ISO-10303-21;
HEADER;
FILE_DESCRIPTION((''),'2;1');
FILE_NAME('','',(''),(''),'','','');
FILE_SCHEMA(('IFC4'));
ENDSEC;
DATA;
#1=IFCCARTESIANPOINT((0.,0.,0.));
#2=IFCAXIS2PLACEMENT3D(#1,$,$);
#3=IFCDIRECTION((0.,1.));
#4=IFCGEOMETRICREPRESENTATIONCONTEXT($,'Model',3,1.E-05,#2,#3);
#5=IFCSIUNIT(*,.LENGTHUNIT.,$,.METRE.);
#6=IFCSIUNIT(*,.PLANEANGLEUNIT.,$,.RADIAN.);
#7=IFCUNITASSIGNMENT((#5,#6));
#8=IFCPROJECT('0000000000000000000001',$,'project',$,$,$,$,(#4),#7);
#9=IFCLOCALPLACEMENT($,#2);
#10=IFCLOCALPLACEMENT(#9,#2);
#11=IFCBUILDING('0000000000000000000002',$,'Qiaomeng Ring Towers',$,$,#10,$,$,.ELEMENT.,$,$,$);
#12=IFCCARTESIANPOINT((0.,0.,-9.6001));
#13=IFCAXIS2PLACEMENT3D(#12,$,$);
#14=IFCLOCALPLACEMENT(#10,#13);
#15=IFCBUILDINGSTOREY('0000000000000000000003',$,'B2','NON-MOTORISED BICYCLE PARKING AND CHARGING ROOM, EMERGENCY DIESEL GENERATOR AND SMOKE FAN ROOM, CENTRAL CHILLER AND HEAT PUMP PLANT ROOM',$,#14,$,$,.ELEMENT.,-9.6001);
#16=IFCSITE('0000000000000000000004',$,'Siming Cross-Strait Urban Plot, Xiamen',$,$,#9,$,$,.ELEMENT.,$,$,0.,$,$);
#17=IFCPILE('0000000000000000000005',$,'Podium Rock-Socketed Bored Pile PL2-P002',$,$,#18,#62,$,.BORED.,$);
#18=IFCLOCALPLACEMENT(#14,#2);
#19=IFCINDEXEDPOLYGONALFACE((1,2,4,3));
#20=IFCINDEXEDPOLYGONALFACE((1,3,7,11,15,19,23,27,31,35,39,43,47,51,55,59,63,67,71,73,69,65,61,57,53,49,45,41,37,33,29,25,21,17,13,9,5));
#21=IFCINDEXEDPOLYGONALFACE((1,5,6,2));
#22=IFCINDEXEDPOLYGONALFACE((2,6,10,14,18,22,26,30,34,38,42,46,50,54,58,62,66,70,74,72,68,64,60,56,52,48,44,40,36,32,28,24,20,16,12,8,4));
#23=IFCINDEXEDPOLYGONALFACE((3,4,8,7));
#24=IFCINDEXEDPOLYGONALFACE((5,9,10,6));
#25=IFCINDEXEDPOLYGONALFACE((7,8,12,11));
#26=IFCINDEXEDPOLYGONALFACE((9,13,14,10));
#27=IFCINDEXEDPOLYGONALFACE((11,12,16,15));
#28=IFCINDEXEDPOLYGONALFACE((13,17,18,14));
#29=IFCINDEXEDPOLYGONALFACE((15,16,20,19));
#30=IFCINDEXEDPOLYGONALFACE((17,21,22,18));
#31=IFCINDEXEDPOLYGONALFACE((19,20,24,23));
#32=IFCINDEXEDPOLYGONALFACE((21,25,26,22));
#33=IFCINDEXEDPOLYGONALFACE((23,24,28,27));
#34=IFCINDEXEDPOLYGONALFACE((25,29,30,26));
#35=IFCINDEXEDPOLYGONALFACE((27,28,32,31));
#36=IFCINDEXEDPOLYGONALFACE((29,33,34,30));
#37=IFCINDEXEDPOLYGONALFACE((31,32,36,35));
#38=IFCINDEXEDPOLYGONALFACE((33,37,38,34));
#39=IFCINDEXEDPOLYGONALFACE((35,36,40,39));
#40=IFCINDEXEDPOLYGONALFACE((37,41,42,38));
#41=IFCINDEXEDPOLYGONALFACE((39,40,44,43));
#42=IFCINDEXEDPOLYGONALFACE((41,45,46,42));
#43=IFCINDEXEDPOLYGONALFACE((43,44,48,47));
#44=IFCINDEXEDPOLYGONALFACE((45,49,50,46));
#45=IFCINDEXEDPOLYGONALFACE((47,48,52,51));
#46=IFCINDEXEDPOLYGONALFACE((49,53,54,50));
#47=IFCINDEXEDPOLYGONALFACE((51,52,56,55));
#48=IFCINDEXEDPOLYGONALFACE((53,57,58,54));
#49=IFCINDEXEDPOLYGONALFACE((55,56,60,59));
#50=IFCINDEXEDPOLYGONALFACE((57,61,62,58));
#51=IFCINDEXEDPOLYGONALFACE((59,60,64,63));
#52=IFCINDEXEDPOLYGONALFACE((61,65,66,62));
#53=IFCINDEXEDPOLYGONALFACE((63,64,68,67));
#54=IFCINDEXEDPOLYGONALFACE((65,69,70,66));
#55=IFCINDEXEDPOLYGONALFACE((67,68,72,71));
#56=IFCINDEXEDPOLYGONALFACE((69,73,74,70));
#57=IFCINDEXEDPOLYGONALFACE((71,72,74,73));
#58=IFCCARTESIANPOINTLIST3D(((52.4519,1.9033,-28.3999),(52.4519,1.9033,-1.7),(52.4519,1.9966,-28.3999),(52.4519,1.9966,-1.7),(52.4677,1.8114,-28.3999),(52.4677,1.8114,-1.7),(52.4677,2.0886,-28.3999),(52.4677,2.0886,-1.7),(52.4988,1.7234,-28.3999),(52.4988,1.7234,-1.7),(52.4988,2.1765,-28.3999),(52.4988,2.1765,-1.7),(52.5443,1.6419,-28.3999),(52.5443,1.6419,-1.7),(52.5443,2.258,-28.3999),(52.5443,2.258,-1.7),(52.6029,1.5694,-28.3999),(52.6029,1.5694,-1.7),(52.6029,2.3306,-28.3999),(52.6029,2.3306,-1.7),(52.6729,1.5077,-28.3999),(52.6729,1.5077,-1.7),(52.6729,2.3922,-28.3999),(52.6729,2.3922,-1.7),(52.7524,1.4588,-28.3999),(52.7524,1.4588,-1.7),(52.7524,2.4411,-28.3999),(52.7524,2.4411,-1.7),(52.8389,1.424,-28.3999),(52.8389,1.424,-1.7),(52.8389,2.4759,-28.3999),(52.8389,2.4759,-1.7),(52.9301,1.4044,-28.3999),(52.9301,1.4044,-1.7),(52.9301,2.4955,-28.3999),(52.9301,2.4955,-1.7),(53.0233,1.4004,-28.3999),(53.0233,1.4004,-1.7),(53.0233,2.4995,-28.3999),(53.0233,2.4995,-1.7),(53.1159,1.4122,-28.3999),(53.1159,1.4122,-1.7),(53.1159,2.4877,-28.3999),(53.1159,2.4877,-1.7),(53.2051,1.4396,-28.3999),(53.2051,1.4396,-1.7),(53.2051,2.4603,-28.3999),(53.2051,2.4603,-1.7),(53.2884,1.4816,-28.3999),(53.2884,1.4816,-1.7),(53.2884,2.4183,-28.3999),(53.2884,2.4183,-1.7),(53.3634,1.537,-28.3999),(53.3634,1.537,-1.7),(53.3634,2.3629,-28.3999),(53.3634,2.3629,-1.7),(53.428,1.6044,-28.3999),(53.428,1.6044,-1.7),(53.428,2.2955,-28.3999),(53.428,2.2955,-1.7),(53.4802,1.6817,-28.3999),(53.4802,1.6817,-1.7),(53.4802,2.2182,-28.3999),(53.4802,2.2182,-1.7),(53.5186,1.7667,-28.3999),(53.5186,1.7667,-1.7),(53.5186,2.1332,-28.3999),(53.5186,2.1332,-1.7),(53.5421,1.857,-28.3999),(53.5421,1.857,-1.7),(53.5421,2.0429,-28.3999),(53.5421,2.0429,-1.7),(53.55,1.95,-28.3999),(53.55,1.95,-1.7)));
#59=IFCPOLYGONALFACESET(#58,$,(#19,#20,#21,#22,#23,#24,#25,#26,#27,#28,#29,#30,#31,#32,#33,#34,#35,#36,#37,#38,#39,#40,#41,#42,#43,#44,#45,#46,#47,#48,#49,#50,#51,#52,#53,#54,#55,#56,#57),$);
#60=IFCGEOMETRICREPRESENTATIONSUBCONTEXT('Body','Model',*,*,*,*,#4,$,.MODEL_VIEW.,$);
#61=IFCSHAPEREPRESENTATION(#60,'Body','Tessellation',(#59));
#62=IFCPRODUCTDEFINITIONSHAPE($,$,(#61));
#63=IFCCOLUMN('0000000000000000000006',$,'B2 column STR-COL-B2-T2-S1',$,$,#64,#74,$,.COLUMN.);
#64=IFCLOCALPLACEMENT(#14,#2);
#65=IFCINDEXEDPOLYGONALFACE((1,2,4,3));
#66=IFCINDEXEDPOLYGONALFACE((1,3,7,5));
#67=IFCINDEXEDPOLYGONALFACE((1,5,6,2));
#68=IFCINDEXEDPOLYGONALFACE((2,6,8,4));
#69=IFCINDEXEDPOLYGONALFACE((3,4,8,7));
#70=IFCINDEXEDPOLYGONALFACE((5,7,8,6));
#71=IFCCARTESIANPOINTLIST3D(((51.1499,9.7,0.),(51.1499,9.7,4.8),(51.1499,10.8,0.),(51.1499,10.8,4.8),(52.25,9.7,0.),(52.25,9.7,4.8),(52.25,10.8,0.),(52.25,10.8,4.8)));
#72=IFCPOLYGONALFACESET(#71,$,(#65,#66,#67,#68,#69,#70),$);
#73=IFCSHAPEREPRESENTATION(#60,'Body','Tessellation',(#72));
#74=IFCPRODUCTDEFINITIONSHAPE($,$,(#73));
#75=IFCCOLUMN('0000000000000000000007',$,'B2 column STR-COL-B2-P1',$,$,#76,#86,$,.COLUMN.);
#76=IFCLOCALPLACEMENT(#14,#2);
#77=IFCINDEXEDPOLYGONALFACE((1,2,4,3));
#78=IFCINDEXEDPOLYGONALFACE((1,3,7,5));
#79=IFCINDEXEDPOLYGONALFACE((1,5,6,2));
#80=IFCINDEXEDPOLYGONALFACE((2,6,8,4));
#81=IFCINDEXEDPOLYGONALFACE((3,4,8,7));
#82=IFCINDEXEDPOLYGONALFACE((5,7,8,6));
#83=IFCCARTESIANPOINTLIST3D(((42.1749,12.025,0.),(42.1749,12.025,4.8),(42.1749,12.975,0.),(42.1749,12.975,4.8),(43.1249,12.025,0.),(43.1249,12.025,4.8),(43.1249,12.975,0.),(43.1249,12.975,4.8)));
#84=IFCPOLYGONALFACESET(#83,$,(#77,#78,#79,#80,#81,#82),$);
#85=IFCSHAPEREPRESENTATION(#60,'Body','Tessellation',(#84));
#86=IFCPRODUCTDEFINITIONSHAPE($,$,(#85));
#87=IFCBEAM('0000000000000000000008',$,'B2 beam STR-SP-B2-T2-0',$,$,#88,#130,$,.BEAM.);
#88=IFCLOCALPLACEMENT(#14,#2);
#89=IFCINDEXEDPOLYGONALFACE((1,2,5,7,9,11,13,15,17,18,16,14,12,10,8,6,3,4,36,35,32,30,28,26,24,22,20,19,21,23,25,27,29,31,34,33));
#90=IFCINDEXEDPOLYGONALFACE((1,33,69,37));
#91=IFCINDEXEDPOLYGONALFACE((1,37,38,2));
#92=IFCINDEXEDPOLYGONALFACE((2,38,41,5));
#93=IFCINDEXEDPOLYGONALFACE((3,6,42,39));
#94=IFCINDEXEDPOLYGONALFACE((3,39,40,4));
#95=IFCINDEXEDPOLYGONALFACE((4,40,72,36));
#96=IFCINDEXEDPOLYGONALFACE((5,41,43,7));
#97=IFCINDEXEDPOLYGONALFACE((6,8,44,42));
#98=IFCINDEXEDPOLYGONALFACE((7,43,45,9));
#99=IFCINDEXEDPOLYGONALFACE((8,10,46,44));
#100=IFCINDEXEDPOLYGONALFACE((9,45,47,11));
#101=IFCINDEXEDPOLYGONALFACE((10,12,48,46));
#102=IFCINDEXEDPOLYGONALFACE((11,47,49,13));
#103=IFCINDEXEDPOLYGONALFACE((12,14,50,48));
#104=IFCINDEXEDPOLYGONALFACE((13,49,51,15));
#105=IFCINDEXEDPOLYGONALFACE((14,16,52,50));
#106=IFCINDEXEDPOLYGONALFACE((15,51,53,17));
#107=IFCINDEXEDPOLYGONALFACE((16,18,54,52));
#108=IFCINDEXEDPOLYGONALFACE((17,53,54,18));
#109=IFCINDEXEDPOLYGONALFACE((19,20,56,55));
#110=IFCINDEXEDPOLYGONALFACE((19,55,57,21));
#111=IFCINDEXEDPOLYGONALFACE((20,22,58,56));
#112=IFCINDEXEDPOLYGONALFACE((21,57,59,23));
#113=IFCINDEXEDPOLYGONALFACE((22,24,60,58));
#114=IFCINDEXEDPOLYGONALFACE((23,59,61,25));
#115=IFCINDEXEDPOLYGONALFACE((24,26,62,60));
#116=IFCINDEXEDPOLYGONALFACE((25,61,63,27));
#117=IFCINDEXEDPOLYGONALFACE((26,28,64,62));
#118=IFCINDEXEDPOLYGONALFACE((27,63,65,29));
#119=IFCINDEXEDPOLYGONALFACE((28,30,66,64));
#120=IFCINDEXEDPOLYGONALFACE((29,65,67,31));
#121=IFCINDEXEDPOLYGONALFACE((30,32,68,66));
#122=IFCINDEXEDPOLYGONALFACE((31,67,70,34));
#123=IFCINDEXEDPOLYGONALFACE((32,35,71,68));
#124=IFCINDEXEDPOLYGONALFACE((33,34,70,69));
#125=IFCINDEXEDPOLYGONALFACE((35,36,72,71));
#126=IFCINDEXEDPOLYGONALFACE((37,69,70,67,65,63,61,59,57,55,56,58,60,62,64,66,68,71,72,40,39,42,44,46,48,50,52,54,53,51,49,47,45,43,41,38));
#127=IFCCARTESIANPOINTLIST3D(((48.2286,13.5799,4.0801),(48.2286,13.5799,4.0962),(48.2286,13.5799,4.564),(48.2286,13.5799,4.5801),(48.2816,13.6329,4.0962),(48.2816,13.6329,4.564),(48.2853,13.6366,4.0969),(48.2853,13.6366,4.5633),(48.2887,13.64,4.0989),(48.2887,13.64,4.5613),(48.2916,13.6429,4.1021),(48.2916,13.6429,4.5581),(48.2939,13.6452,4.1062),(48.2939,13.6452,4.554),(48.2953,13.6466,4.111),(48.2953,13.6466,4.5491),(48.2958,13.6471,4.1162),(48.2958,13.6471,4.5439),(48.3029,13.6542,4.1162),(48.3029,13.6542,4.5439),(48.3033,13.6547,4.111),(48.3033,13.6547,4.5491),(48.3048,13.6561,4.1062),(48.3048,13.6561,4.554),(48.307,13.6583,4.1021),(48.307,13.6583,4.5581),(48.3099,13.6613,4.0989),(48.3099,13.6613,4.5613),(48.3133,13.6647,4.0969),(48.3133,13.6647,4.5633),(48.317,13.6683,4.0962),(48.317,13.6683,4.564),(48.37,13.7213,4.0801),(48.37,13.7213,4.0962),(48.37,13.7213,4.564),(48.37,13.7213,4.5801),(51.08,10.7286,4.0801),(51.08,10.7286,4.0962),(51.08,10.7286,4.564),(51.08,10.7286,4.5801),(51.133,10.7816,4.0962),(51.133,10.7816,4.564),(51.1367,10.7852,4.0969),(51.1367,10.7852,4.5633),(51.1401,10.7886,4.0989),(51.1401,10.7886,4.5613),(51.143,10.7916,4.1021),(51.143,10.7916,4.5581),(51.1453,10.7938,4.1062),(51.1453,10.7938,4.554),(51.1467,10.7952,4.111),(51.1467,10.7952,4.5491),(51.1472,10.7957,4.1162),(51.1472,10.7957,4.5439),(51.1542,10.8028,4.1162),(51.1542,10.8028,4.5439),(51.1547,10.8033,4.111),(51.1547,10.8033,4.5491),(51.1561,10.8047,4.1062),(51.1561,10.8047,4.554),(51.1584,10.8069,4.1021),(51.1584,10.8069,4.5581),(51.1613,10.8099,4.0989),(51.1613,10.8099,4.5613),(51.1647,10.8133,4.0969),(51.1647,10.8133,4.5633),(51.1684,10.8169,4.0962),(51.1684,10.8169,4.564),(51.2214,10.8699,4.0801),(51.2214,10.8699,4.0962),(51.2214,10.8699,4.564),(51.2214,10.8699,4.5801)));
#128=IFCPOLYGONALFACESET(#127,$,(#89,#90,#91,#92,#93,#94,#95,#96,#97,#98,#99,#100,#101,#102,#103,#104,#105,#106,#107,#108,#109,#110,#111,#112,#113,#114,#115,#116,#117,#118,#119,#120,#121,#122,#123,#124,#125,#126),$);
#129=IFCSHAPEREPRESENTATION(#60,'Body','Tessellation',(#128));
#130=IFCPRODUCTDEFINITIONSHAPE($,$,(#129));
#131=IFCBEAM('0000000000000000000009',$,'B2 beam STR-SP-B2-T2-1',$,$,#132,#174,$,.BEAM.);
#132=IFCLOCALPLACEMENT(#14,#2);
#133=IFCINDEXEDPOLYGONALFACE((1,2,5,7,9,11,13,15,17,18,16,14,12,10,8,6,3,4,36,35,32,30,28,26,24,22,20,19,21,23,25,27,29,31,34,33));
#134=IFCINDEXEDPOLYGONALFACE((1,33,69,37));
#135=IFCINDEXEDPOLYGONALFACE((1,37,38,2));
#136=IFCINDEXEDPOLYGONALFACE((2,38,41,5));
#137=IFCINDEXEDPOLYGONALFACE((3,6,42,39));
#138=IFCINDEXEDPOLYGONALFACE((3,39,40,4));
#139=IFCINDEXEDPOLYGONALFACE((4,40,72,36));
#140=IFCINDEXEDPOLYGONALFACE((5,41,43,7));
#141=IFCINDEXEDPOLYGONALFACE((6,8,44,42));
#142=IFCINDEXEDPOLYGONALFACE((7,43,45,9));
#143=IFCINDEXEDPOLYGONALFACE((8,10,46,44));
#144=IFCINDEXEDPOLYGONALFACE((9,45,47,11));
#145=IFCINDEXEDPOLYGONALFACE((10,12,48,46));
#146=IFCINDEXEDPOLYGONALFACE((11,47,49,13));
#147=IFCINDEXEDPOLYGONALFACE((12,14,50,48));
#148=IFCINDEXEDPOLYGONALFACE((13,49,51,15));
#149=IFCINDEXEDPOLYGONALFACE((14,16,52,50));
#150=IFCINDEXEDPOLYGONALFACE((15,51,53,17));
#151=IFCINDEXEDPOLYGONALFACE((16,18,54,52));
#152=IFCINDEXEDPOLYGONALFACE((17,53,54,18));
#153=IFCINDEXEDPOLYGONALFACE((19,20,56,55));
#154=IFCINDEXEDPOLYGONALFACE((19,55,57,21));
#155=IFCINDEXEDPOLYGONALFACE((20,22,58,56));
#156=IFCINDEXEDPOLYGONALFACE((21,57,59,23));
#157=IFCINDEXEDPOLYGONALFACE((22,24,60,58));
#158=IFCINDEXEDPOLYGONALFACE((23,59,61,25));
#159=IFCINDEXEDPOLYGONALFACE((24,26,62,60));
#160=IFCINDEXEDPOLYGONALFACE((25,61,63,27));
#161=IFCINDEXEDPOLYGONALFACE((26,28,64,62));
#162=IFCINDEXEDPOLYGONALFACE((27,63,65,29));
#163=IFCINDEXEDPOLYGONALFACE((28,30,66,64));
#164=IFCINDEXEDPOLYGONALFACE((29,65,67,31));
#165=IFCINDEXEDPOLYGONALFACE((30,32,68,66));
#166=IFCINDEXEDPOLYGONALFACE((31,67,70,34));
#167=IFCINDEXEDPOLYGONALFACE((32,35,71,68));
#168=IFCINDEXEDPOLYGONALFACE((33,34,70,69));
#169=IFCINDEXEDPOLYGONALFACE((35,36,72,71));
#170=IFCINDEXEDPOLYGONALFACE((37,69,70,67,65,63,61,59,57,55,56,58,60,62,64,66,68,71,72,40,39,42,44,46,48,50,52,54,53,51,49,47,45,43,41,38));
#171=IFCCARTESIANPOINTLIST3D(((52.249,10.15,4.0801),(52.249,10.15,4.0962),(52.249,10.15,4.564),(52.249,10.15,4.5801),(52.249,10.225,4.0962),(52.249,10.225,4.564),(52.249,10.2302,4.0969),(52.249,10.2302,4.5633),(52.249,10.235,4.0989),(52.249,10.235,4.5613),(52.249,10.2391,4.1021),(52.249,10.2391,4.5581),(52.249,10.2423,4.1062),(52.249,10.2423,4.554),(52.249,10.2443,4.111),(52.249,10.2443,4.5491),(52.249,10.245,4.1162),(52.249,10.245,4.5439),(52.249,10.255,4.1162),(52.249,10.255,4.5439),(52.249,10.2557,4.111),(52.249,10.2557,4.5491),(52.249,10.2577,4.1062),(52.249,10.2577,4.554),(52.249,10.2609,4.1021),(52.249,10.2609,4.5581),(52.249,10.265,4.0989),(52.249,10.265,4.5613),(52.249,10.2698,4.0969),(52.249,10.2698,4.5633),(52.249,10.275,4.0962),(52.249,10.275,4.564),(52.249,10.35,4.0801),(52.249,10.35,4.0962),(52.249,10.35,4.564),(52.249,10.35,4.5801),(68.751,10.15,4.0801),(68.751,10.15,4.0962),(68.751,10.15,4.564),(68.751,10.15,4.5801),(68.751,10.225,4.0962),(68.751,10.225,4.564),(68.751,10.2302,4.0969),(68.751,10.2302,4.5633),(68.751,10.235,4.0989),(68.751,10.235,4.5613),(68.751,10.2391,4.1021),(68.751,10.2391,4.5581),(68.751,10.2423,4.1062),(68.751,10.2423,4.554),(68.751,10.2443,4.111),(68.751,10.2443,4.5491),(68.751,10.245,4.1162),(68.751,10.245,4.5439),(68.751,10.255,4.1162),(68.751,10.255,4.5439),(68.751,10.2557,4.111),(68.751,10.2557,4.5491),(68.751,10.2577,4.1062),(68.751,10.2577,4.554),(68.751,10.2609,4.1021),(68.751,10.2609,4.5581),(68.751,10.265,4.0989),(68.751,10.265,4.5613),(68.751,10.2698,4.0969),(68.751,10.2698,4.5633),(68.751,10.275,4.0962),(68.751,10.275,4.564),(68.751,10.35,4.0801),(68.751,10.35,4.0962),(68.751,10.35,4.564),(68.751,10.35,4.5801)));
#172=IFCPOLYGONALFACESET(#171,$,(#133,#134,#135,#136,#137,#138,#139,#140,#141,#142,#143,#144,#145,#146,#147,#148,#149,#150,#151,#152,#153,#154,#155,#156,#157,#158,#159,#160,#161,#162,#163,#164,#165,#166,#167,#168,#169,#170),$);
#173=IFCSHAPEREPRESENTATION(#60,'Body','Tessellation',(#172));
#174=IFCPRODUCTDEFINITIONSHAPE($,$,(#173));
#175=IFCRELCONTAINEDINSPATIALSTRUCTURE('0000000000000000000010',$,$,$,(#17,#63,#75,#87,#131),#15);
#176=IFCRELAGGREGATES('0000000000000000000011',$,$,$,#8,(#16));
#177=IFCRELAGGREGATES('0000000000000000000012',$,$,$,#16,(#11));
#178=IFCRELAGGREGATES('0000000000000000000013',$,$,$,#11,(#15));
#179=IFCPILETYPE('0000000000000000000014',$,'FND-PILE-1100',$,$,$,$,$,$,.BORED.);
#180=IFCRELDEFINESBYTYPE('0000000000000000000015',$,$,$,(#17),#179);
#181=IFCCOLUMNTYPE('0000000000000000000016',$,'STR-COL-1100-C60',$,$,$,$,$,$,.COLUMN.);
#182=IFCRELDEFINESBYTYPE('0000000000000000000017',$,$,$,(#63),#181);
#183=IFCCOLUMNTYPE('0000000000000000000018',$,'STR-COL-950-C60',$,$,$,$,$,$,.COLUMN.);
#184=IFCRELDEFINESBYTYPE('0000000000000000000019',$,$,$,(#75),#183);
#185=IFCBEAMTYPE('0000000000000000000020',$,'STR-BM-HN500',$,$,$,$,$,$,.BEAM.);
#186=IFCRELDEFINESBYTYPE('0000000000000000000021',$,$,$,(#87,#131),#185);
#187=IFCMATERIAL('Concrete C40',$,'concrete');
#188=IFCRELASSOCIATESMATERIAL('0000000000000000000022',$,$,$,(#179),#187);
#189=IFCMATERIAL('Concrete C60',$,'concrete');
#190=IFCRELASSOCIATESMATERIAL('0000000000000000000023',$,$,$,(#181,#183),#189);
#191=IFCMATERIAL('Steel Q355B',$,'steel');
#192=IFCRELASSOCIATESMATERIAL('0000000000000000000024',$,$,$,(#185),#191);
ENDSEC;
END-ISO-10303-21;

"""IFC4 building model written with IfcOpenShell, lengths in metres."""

from ifc_helpers import new_model, si_unit, direction, frame, origin, origin_2d, place, context, subcontext, project, spatial, rectangle, circle, i_section, extrude, source, transform, mapped, material, material_profile, profile_set, type_object, element, save


model = new_model("IFC4")

# Units and contexts
model_context = context("Model", 3, precision=1e-05, world=origin(), true_north=direction((0.0, 1.0)))
body_context = subcontext(model_context, "Body", "Model", "MODEL_VIEW")
ifc_project = project(units=[si_unit("LENGTHUNIT", "METRE"), si_unit("PLANEANGLEUNIT", "RADIAN")], contexts=[model_context])

# Site, building, storey
site_placement = place(None, origin())
site = spatial("IfcSite", under=ifc_project, at=site_placement, Name="Siming Cross-Strait Urban Plot, Xiamen", CompositionType="ELEMENT", RefElevation=0.0)
building_placement = place(site_placement, origin())
building = spatial("IfcBuilding", under=site, at=building_placement, Name="Qiaomeng Ring Towers", CompositionType="ELEMENT")
storey_placement = place(building_placement, frame((0.0, 0.0, -9.6001)))
storey = spatial("IfcBuildingStorey", under=building, at=storey_placement, Name="B2", Description="NON-MOTORISED BICYCLE PARKING AND CHARGING ROOM, EMERGENCY DIESEL GENERATOR AND SMOKE FAN ROOM, CENTRAL CHILLER AND HEAT PUMP PLANT ROOM", CompositionType="ELEMENT", Elevation=-9.6001)

# Pile
ifc_material_1 = material(Name="Concrete C40", Category="concrete")
ifc_material_profile_1 = material_profile(ifc_material_1, circle(Radius=0.55, at=origin_2d()), Name="BORED PILE 1100")
ifc_profile_set_1 = profile_set([ifc_material_profile_1], Name="Concrete C40")
pile_type = type_object("IfcPileType", Name="FND-PILE-1100", PredefinedType="BORED", material=ifc_profile_set_1)
shared_shape_1 = source(origin(), body_context, "Body", "SweptSolid", [
    extrude(circle(Radius=0.55, at=origin_2d()), origin(), (0.0, 0.0, 1.0), 26.7),
])
for number, where, z_axis, x_axis, name in (
    (1, (53.0, 1.95, -1.7), (0.0, 0.0, -1.0), (1.0, 0.0, 0.0), "Podium Rock-Socketed Bored Pile PL2-P002"),
):
    element("IfcPile", number, at=place(storey_placement, frame(where, z_axis=z_axis, x_axis=x_axis)), inside=storey, type_object=pile_type, Name=name, PredefinedType="BORED", context=body_context, shape_type="MappedRepresentation", body=[
        mapped(shared_shape_1, transform((0.0, 0.0, 0.0), x_axis=(1.0, 0.0, 0.0), y_axis=(0.0, 1.0, 0.0), z_axis=(0.0, 0.0, 1.0), scale=1.0)),
    ])

# Columns
ifc_material_2 = material(Name="Concrete C60", Category="concrete")
ifc_material_profile_2 = material_profile(ifc_material_2, rectangle(XDim=1.1001, YDim=1.1001, at=origin_2d()), Name="RC COL 1100x1100")
ifc_profile_set_2 = profile_set([ifc_material_profile_2], Name="Concrete C60")
column_type_1 = type_object("IfcColumnType", Name="STR-COL-1100-C60", PredefinedType="COLUMN", material=ifc_profile_set_2)
shared_shape_2 = source(origin(), body_context, "Body", "SweptSolid", [
    extrude(rectangle(XDim=1.1001, YDim=1.1001, at=origin_2d()), origin(), (0.0, 0.0, 1.0), 4.8),
])
column_1_placement = place(storey_placement, frame((51.7, 10.25, 0.0), z_axis=(0.0, 0.0, 1.0), x_axis=(1.0, 0.0, 0.0)))
element("IfcColumn", 2, at=column_1_placement, inside=storey, type_object=column_type_1, Name="B2 column STR-COL-B2-T2-S1", PredefinedType="COLUMN", context=body_context, shape_type="MappedRepresentation", body=[
    mapped(shared_shape_2, transform((0.0, 0.0, 0.0), x_axis=(1.0, 0.0, 0.0), y_axis=(0.0, 1.0, 0.0), z_axis=(0.0, 0.0, 1.0), scale=1.0)),
])
ifc_material_profile_3 = material_profile(ifc_material_2, rectangle(XDim=0.95, YDim=0.95, at=origin_2d()), Name="RC COL 950x950")
ifc_profile_set_3 = profile_set([ifc_material_profile_3], Name="Concrete C60")
column_type_2 = type_object("IfcColumnType", Name="STR-COL-950-C60", PredefinedType="COLUMN", material=ifc_profile_set_3)
shared_shape_3 = source(origin(), body_context, "Body", "SweptSolid", [
    extrude(rectangle(XDim=0.95, YDim=0.95, at=origin_2d()), origin(), (0.0, 0.0, 1.0), 4.8),
])
column_2_placement = place(storey_placement, frame((42.6499, 12.5, 0.0), z_axis=(0.0, 0.0, 1.0), x_axis=(1.0, 0.0, 0.0)))
element("IfcColumn", 3, at=column_2_placement, inside=storey, type_object=column_type_2, Name="B2 column STR-COL-B2-P1", PredefinedType="COLUMN", context=body_context, shape_type="MappedRepresentation", body=[
    mapped(shared_shape_3, transform((0.0, 0.0, 0.0), x_axis=(1.0, 0.0, 0.0), y_axis=(0.0, 1.0, 0.0), z_axis=(0.0, 0.0, 1.0), scale=1.0)),
])

# Beams
ifc_material_3 = material(Name="Steel Q355B", Category="steel")
ifc_material_profile_4 = material_profile(ifc_material_3, i_section(OverallWidth=0.2, OverallDepth=0.5, WebThickness=0.01, FlangeThickness=0.0161, FilletRadius=0.02, at=origin_2d()), Name="HN 500x200x10x16")
ifc_profile_set_4 = profile_set([ifc_material_profile_4], Name="Steel Q355B")
beam_type_1 = type_object("IfcBeamType", Name="STR-BM-HN500", PredefinedType="BEAM", material=ifc_profile_set_4)
shared_shape_4 = source(origin(), body_context, "Body", "SweptSolid", [
    extrude(i_section(OverallWidth=0.2, OverallDepth=0.5, WebThickness=0.01, FlangeThickness=0.0161, FilletRadius=0.02, at=origin_2d()), origin(), (0.0, 0.0, 1.0), 4.0325),
])
beam_1_placement = place(storey_placement, frame((48.2993, 13.6506, 4.3301), z_axis=(0.707107, -0.707107, 0.0), x_axis=(0.707107, 0.707107, 0.0)))
element("IfcBeam", 4, at=beam_1_placement, inside=storey, type_object=beam_type_1, Name="B2 beam STR-SP-B2-T2-0", PredefinedType="BEAM", context=body_context, shape_type="MappedRepresentation", body=[
    mapped(shared_shape_4, transform((0.0, 0.0, 0.0), x_axis=(1.0, 0.0, 0.0), y_axis=(0.0, 1.0, 0.0), z_axis=(0.0, 0.0, 1.0), scale=1.0)),
])
shared_shape_5 = source(origin(), body_context, "Body", "SweptSolid", [
    extrude(i_section(OverallWidth=0.2, OverallDepth=0.5, WebThickness=0.01, FlangeThickness=0.0161, FilletRadius=0.02, at=origin_2d()), origin(), (0.0, 0.0, 1.0), 16.502),
])
beam_2_placement = place(storey_placement, frame((52.249, 10.25, 4.3301), z_axis=(1.0, 0.0, 0.0), x_axis=(0.0, 1.0, 0.0)))
element("IfcBeam", 5, at=beam_2_placement, inside=storey, type_object=beam_type_1, Name="B2 beam STR-SP-B2-T2-1", PredefinedType="BEAM", context=body_context, shape_type="MappedRepresentation", body=[
    mapped(shared_shape_5, transform((0.0, 0.0, 0.0), x_axis=(1.0, 0.0, 0.0), y_axis=(0.0, 1.0, 0.0), z_axis=(0.0, 0.0, 1.0), scale=1.0)),
])

save(model, "model.ifc")
